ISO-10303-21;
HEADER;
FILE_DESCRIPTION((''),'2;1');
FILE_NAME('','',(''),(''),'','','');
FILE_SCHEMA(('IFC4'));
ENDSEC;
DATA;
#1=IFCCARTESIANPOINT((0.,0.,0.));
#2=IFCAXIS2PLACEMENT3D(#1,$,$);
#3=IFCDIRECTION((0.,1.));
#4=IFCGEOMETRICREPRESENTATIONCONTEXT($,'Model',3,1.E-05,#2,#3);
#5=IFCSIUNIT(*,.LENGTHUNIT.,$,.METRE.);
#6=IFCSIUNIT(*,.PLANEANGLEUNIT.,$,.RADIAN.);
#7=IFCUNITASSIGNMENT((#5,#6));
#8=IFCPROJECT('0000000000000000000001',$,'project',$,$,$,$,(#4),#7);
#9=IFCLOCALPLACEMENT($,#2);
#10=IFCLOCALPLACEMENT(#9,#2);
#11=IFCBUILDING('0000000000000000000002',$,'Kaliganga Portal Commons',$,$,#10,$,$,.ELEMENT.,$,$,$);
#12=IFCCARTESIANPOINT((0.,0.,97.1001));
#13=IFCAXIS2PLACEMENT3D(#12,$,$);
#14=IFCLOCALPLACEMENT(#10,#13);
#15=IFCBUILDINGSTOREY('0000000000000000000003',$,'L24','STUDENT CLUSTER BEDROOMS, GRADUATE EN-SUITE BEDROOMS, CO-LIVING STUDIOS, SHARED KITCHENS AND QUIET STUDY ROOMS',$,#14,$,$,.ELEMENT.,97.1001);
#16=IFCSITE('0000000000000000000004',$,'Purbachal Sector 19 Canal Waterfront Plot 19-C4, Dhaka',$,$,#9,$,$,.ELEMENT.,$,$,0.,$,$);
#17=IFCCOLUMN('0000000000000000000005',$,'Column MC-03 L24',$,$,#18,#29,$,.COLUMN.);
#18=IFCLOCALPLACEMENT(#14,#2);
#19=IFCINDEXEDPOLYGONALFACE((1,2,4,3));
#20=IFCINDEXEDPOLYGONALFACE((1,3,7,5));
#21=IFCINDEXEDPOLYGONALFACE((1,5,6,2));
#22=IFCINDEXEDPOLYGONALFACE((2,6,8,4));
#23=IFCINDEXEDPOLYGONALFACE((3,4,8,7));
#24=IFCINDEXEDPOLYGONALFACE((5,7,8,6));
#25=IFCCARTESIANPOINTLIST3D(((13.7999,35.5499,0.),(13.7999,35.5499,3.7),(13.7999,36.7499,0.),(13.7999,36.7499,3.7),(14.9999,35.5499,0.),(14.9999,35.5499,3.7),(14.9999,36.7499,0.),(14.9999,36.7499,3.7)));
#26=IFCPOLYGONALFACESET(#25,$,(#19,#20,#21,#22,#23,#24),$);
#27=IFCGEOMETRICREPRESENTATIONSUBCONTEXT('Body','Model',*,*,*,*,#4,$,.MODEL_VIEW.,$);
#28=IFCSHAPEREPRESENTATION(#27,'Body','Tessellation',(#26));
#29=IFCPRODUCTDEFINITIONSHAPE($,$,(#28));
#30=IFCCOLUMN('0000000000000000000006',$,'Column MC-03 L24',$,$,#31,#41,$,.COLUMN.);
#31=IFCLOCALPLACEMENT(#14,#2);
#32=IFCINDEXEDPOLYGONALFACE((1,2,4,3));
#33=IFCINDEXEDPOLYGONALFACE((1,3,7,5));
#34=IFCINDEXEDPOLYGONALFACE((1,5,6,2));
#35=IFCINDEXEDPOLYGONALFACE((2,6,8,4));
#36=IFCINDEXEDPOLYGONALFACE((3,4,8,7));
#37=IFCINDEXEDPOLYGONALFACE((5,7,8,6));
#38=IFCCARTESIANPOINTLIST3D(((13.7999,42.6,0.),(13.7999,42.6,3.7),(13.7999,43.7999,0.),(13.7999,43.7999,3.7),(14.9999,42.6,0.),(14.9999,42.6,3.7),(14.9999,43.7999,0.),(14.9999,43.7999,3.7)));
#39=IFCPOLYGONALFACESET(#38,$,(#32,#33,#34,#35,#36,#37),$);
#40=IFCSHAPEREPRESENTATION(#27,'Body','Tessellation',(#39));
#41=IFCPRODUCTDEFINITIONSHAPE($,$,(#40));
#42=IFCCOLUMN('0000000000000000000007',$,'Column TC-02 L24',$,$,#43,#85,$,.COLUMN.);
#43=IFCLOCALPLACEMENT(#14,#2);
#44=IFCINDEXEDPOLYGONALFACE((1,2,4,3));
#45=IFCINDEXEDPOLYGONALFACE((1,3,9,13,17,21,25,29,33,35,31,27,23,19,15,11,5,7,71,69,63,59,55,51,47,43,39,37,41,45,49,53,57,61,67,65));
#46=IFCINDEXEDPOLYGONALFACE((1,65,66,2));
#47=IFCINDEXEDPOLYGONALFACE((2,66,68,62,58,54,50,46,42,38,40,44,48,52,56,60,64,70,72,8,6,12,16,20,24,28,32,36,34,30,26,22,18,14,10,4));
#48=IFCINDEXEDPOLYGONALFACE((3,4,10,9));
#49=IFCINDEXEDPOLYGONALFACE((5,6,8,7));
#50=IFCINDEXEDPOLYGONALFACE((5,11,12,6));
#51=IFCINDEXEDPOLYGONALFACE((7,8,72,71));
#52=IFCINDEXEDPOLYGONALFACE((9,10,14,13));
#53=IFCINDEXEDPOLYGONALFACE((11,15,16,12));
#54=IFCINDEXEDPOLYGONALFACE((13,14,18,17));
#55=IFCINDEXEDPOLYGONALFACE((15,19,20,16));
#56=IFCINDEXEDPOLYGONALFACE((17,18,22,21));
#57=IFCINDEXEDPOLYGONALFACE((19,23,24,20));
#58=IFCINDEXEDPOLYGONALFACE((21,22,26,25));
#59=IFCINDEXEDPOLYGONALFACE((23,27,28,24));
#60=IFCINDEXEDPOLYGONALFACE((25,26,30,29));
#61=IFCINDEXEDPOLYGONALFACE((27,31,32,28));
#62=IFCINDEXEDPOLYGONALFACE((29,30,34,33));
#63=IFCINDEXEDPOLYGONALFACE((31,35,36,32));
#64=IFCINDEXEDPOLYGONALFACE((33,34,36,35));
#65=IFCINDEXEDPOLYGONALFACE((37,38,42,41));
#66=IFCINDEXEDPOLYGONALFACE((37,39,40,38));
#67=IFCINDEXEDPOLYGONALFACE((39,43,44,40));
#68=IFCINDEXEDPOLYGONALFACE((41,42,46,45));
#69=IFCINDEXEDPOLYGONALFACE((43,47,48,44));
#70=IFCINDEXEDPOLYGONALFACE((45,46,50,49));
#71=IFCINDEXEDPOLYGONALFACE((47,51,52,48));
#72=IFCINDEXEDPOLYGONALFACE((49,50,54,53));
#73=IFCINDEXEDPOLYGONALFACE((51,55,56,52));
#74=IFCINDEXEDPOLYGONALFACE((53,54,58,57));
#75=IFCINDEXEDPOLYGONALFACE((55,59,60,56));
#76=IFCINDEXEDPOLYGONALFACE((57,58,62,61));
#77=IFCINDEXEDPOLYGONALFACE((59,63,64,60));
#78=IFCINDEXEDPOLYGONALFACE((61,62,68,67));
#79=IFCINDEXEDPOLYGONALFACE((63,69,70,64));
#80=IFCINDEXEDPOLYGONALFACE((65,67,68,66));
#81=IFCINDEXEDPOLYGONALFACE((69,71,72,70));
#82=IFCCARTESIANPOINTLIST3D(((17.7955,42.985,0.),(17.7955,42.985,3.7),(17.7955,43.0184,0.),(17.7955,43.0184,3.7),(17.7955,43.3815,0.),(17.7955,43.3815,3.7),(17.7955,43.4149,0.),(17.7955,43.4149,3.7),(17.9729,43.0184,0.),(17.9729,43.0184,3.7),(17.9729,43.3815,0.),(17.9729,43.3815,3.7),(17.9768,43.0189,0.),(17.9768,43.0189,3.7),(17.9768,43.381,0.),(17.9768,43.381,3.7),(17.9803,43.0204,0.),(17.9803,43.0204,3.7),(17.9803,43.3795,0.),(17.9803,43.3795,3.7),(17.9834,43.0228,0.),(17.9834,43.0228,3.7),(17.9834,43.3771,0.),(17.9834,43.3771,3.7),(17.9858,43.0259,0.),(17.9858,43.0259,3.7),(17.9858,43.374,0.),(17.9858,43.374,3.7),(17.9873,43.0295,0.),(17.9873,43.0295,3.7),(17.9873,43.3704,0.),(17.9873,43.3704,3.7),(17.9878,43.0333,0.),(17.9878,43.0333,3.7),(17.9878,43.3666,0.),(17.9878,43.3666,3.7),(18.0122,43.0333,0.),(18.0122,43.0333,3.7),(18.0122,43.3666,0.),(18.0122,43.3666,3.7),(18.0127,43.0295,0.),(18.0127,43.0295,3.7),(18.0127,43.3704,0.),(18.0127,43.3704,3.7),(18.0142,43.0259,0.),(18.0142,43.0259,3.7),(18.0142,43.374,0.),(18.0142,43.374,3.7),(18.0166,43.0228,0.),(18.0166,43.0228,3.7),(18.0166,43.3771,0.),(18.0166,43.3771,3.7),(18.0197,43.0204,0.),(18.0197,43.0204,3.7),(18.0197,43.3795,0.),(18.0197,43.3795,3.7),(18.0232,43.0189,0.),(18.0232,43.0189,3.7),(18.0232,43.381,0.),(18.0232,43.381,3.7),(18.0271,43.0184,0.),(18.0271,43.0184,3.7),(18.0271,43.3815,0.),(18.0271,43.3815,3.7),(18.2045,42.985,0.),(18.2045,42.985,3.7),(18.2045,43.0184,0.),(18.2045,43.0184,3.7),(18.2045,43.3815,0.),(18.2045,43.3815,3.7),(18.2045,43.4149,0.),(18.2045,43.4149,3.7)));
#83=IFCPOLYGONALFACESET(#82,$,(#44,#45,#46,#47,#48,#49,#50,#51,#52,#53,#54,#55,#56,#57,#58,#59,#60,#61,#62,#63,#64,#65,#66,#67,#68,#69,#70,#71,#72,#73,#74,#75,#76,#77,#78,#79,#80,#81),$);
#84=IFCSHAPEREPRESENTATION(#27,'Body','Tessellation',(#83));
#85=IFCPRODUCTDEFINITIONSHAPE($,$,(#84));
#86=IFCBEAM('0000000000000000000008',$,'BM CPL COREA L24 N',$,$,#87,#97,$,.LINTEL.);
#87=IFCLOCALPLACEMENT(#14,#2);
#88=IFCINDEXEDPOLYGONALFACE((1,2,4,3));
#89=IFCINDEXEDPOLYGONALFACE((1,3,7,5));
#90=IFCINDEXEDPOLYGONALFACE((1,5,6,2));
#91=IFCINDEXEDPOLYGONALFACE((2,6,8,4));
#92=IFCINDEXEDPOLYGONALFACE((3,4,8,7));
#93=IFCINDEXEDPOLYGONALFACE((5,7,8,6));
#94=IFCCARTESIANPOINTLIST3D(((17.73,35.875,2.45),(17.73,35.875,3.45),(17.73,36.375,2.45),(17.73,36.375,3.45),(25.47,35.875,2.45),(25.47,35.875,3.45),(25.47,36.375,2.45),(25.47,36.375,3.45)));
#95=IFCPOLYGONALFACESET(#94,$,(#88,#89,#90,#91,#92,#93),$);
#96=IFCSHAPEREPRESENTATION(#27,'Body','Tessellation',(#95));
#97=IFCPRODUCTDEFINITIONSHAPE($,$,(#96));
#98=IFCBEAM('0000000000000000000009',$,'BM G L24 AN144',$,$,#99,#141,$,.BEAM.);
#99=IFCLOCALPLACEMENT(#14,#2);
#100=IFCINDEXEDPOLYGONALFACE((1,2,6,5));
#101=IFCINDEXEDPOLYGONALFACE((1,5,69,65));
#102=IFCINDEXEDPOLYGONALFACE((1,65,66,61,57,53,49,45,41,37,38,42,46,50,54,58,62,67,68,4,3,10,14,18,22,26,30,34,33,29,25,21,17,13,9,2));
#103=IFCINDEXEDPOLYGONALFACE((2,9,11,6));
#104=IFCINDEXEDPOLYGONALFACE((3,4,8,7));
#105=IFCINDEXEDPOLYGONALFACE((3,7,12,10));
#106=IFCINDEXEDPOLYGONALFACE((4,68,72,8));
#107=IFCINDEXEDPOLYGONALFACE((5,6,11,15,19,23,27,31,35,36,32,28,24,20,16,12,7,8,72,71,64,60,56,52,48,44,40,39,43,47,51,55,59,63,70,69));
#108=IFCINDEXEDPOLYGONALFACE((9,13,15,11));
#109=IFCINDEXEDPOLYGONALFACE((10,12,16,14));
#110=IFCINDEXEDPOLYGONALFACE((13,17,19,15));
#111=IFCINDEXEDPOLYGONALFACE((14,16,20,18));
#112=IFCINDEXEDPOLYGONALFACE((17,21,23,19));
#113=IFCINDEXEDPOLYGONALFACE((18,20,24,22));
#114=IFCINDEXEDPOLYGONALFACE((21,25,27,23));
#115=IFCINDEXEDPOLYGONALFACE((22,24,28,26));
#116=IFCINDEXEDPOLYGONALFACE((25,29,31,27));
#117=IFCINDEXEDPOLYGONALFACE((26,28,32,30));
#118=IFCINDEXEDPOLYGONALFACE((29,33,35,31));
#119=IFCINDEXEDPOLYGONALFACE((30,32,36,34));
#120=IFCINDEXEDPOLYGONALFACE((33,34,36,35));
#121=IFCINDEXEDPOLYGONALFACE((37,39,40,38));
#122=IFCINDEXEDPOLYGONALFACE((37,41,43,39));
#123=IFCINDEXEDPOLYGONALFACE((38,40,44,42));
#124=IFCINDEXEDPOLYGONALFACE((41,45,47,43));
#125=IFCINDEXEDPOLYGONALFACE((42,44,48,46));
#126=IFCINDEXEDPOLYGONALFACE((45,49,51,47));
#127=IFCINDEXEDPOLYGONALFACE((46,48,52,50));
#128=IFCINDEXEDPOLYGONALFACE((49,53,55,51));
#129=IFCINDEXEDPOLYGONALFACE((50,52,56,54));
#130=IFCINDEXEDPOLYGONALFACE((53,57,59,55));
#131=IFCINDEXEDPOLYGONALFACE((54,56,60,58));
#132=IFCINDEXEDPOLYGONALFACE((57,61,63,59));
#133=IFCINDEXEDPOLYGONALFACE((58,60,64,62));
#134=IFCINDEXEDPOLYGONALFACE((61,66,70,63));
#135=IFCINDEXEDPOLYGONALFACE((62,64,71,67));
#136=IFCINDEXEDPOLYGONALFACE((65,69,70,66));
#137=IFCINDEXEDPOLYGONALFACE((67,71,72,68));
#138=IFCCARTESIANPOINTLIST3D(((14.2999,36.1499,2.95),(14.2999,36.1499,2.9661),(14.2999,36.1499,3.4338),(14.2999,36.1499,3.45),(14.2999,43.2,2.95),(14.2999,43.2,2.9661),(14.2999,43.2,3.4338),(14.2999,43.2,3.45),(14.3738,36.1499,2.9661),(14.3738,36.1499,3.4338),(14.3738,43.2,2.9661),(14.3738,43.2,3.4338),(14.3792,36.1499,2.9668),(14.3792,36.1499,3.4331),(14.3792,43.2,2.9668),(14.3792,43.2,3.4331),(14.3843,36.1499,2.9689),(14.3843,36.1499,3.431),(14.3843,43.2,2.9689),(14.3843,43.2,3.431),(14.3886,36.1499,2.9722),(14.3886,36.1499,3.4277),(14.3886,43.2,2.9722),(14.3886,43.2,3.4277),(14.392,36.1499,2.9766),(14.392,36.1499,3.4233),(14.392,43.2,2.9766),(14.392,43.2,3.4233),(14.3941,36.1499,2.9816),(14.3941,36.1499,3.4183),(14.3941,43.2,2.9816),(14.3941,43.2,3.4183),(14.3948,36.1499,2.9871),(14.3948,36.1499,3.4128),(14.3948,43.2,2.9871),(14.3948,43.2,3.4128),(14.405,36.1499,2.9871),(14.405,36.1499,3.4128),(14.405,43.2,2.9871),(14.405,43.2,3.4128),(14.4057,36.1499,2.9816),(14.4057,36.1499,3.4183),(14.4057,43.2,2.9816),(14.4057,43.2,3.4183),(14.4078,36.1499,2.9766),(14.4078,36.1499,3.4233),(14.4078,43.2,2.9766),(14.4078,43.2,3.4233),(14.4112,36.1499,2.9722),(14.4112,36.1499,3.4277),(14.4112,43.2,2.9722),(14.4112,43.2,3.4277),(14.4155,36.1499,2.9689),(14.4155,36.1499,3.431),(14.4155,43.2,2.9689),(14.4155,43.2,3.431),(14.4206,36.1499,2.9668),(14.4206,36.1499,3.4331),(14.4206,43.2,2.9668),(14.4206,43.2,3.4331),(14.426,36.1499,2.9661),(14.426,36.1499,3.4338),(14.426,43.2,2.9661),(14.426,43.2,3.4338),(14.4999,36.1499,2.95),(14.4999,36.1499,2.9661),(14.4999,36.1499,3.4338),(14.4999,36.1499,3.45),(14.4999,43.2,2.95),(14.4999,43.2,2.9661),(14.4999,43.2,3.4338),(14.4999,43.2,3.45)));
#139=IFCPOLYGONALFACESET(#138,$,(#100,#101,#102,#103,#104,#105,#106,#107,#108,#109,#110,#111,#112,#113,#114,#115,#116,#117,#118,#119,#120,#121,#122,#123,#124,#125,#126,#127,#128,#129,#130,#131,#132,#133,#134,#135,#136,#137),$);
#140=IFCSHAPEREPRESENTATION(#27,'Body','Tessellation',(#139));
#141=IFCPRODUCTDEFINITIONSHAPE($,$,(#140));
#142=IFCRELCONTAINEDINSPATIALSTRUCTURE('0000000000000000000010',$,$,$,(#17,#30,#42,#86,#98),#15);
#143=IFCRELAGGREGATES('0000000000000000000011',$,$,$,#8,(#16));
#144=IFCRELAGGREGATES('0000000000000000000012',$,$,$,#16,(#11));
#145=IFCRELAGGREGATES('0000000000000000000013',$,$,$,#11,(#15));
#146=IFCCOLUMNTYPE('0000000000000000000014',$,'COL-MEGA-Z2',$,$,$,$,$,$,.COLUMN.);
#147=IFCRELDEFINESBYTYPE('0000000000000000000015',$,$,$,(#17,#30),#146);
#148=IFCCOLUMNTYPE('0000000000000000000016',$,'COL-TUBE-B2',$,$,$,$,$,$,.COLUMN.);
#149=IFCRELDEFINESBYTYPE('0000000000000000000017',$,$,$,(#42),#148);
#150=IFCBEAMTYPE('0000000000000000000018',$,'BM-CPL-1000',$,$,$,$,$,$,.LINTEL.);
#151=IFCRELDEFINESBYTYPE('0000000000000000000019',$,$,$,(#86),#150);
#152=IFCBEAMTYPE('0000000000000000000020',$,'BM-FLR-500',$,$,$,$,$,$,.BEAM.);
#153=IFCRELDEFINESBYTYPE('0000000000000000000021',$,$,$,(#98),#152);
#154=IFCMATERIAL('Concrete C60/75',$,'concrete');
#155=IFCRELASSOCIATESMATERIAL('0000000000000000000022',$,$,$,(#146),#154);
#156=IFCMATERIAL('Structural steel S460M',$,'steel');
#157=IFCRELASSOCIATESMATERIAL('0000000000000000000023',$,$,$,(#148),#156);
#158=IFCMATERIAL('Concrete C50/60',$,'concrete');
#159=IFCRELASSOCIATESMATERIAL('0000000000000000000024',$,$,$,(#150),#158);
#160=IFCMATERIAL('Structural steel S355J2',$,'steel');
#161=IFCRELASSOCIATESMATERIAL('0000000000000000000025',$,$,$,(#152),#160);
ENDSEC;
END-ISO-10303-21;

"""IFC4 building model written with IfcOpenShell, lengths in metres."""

from ifc_helpers import new_model, si_unit, direction, frame, origin, origin_2d, place, context, subcontext, project, spatial, rectangle, i_section, extrude, source, transform, mapped, material, material_profile, profile_set, type_object, element, save


model = new_model("IFC4")

# Units and contexts
model_context = context("Model", 3, precision=1e-05, world=origin(), true_north=direction((0.0, 1.0)))
body_context = subcontext(model_context, "Body", "Model", "MODEL_VIEW")
ifc_project = project(units=[si_unit("LENGTHUNIT", "METRE"), si_unit("PLANEANGLEUNIT", "RADIAN")], contexts=[model_context])

# Site, building, storey
site_placement = place(None, origin())
site = spatial("IfcSite", under=ifc_project, at=site_placement, Name="Purbachal Sector 19 Canal Waterfront Plot 19-C4, Dhaka", CompositionType="ELEMENT", RefElevation=0.0)
building_placement = place(site_placement, origin())
building = spatial("IfcBuilding", under=site, at=building_placement, Name="Kaliganga Portal Commons", CompositionType="ELEMENT")
storey_placement = place(building_placement, frame((0.0, 0.0, 97.1001)))
storey = spatial("IfcBuildingStorey", under=building, at=storey_placement, Name="L24", Description="STUDENT CLUSTER BEDROOMS, GRADUATE EN-SUITE BEDROOMS, CO-LIVING STUDIOS, SHARED KITCHENS AND QUIET STUDY ROOMS", CompositionType="ELEMENT", Elevation=97.1001)

# Columns
ifc_material_1 = material(Name="Concrete C60/75", Category="concrete")
ifc_material_profile_1 = material_profile(ifc_material_1, rectangle(XDim=1.2, YDim=1.2, at=origin_2d()), Name="RC 1200x1200")
ifc_profile_set_1 = profile_set([ifc_material_profile_1], Name="Concrete C60/75")
column_type_1 = type_object("IfcColumnType", Name="COL-MEGA-Z2", PredefinedType="COLUMN", material=ifc_profile_set_1)
shared_shape_1 = source(origin(), body_context, "Body", "SweptSolid", [
    extrude(rectangle(XDim=1.2, YDim=1.2, at=origin_2d()), origin(), (0.0, 0.0, 1.0), 3.7),
])
for number, where, z_axis, x_axis, name in (
    (1, (14.3999, 36.1499, 0.0), (0.0, 0.0, 1.0), (1.0, 0.0, 0.0), "Column MC-03 L24"),
    (2, (14.3999, 43.2, 0.0), (0.0, 0.0, 1.0), (1.0, 0.0, 0.0), "Column MC-03 L24"),
):
    element("IfcColumn", number, at=place(storey_placement, frame(where, z_axis=z_axis, x_axis=x_axis)), inside=storey, type_object=column_type_1, Name=name, PredefinedType="COLUMN", context=body_context, shape_type="MappedRepresentation", body=[
        mapped(shared_shape_1, transform((0.0, 0.0, 0.0), x_axis=(1.0, 0.0, 0.0), y_axis=(0.0, 1.0, 0.0), z_axis=(0.0, 0.0, 1.0), scale=1.0)),
    ])
ifc_material_2 = material(Name="Structural steel S460M", Category="steel")
ifc_material_profile_2 = material_profile(ifc_material_2, i_section(OverallWidth=0.4089, OverallDepth=0.4299, WebThickness=0.0244, FlangeThickness=0.0334, FilletRadius=0.0149, at=origin_2d()), Name="HD 400x421")
ifc_profile_set_2 = profile_set([ifc_material_profile_2], Name="Structural steel S460M wide-flange")
column_type_2 = type_object("IfcColumnType", Name="COL-TUBE-B2", PredefinedType="COLUMN", material=ifc_profile_set_2)
shared_shape_2 = source(origin(), body_context, "Body", "SweptSolid", [
    extrude(i_section(OverallWidth=0.4089, OverallDepth=0.4299, WebThickness=0.0244, FlangeThickness=0.0334, FilletRadius=0.0149, at=origin_2d()), origin(), (0.0, 0.0, 1.0), 3.7),
])
column_placement = place(storey_placement, frame((18.0, 43.2, 0.0), z_axis=(0.0, 0.0, 1.0), x_axis=(1.0, 0.0, 0.0)))
element("IfcColumn", 3, at=column_placement, inside=storey, type_object=column_type_2, Name="Column TC-02 L24", PredefinedType="COLUMN", context=body_context, shape_type="MappedRepresentation", body=[
    mapped(shared_shape_2, transform((0.0, 0.0, 0.0), x_axis=(1.0, 0.0, 0.0), y_axis=(0.0, 1.0, 0.0), z_axis=(0.0, 0.0, 1.0), scale=1.0)),
])

# Beams
ifc_material_3 = material(Name="Concrete C50/60", Category="concrete")
ifc_material_profile_3 = material_profile(ifc_material_3, rectangle(XDim=0.5, YDim=1.0, at=origin_2d()), Name="RC 500x1000")
ifc_profile_set_3 = profile_set([ifc_material_profile_3], Name="Concrete C50/60")
beam_type_1 = type_object("IfcBeamType", Name="BM-CPL-1000", PredefinedType="LINTEL", material=ifc_profile_set_3)
shared_shape_3 = source(origin(), body_context, "Body", "SweptSolid", [
    extrude(rectangle(XDim=0.5, YDim=1.0, at=origin_2d()), origin(), (0.0, 0.0, 1.0), 7.74),
])
beam_1_placement = place(storey_placement, frame((17.73, 36.125, 2.95), z_axis=(1.0, 0.0, 0.0), x_axis=(0.0, 1.0, 0.0)))
element("IfcBeam", 4, at=beam_1_placement, inside=storey, type_object=beam_type_1, Name="BM CPL COREA L24 N", PredefinedType="LINTEL", context=body_context, shape_type="MappedRepresentation", body=[
    mapped(shared_shape_3, transform((0.0, 0.0, 0.0), x_axis=(1.0, 0.0, 0.0), y_axis=(0.0, 1.0, 0.0), z_axis=(0.0, 0.0, 1.0), scale=1.0)),
])
ifc_material_4 = material(Name="Structural steel S355J2", Category="steel")
ifc_material_profile_4 = material_profile(ifc_material_4, i_section(OverallWidth=0.2, OverallDepth=0.5, WebThickness=0.0103, FlangeThickness=0.0161, FilletRadius=0.021, at=origin_2d()), Name="IPE 500")
ifc_profile_set_4 = profile_set([ifc_material_profile_4], Name="Structural steel S355J2 wide-flange")
beam_type_2 = type_object("IfcBeamType", Name="BM-FLR-500", PredefinedType="BEAM", material=ifc_profile_set_4)
shared_shape_4 = source(origin(), body_context, "Body", "SweptSolid", [
    extrude(i_section(OverallWidth=0.2, OverallDepth=0.5, WebThickness=0.0103, FlangeThickness=0.0161, FilletRadius=0.021, at=origin_2d()), origin(), (0.0, 0.0, 1.0), 7.05),
])
beam_2_placement = place(storey_placement, frame((14.3999, 36.1499, 3.2), z_axis=(0.0, 1.0, 0.0), x_axis=(-1.0, 0.0, 0.0)))
element("IfcBeam", 5, at=beam_2_placement, inside=storey, type_object=beam_type_2, Name="BM G L24 AN144", PredefinedType="BEAM", context=body_context, shape_type="MappedRepresentation", body=[
    mapped(shared_shape_4, transform((0.0, 0.0, 0.0), x_axis=(1.0, 0.0, 0.0), y_axis=(0.0, 1.0, 0.0), z_axis=(0.0, 0.0, 1.0), scale=1.0)),
])

save(model, "model.ifc")
